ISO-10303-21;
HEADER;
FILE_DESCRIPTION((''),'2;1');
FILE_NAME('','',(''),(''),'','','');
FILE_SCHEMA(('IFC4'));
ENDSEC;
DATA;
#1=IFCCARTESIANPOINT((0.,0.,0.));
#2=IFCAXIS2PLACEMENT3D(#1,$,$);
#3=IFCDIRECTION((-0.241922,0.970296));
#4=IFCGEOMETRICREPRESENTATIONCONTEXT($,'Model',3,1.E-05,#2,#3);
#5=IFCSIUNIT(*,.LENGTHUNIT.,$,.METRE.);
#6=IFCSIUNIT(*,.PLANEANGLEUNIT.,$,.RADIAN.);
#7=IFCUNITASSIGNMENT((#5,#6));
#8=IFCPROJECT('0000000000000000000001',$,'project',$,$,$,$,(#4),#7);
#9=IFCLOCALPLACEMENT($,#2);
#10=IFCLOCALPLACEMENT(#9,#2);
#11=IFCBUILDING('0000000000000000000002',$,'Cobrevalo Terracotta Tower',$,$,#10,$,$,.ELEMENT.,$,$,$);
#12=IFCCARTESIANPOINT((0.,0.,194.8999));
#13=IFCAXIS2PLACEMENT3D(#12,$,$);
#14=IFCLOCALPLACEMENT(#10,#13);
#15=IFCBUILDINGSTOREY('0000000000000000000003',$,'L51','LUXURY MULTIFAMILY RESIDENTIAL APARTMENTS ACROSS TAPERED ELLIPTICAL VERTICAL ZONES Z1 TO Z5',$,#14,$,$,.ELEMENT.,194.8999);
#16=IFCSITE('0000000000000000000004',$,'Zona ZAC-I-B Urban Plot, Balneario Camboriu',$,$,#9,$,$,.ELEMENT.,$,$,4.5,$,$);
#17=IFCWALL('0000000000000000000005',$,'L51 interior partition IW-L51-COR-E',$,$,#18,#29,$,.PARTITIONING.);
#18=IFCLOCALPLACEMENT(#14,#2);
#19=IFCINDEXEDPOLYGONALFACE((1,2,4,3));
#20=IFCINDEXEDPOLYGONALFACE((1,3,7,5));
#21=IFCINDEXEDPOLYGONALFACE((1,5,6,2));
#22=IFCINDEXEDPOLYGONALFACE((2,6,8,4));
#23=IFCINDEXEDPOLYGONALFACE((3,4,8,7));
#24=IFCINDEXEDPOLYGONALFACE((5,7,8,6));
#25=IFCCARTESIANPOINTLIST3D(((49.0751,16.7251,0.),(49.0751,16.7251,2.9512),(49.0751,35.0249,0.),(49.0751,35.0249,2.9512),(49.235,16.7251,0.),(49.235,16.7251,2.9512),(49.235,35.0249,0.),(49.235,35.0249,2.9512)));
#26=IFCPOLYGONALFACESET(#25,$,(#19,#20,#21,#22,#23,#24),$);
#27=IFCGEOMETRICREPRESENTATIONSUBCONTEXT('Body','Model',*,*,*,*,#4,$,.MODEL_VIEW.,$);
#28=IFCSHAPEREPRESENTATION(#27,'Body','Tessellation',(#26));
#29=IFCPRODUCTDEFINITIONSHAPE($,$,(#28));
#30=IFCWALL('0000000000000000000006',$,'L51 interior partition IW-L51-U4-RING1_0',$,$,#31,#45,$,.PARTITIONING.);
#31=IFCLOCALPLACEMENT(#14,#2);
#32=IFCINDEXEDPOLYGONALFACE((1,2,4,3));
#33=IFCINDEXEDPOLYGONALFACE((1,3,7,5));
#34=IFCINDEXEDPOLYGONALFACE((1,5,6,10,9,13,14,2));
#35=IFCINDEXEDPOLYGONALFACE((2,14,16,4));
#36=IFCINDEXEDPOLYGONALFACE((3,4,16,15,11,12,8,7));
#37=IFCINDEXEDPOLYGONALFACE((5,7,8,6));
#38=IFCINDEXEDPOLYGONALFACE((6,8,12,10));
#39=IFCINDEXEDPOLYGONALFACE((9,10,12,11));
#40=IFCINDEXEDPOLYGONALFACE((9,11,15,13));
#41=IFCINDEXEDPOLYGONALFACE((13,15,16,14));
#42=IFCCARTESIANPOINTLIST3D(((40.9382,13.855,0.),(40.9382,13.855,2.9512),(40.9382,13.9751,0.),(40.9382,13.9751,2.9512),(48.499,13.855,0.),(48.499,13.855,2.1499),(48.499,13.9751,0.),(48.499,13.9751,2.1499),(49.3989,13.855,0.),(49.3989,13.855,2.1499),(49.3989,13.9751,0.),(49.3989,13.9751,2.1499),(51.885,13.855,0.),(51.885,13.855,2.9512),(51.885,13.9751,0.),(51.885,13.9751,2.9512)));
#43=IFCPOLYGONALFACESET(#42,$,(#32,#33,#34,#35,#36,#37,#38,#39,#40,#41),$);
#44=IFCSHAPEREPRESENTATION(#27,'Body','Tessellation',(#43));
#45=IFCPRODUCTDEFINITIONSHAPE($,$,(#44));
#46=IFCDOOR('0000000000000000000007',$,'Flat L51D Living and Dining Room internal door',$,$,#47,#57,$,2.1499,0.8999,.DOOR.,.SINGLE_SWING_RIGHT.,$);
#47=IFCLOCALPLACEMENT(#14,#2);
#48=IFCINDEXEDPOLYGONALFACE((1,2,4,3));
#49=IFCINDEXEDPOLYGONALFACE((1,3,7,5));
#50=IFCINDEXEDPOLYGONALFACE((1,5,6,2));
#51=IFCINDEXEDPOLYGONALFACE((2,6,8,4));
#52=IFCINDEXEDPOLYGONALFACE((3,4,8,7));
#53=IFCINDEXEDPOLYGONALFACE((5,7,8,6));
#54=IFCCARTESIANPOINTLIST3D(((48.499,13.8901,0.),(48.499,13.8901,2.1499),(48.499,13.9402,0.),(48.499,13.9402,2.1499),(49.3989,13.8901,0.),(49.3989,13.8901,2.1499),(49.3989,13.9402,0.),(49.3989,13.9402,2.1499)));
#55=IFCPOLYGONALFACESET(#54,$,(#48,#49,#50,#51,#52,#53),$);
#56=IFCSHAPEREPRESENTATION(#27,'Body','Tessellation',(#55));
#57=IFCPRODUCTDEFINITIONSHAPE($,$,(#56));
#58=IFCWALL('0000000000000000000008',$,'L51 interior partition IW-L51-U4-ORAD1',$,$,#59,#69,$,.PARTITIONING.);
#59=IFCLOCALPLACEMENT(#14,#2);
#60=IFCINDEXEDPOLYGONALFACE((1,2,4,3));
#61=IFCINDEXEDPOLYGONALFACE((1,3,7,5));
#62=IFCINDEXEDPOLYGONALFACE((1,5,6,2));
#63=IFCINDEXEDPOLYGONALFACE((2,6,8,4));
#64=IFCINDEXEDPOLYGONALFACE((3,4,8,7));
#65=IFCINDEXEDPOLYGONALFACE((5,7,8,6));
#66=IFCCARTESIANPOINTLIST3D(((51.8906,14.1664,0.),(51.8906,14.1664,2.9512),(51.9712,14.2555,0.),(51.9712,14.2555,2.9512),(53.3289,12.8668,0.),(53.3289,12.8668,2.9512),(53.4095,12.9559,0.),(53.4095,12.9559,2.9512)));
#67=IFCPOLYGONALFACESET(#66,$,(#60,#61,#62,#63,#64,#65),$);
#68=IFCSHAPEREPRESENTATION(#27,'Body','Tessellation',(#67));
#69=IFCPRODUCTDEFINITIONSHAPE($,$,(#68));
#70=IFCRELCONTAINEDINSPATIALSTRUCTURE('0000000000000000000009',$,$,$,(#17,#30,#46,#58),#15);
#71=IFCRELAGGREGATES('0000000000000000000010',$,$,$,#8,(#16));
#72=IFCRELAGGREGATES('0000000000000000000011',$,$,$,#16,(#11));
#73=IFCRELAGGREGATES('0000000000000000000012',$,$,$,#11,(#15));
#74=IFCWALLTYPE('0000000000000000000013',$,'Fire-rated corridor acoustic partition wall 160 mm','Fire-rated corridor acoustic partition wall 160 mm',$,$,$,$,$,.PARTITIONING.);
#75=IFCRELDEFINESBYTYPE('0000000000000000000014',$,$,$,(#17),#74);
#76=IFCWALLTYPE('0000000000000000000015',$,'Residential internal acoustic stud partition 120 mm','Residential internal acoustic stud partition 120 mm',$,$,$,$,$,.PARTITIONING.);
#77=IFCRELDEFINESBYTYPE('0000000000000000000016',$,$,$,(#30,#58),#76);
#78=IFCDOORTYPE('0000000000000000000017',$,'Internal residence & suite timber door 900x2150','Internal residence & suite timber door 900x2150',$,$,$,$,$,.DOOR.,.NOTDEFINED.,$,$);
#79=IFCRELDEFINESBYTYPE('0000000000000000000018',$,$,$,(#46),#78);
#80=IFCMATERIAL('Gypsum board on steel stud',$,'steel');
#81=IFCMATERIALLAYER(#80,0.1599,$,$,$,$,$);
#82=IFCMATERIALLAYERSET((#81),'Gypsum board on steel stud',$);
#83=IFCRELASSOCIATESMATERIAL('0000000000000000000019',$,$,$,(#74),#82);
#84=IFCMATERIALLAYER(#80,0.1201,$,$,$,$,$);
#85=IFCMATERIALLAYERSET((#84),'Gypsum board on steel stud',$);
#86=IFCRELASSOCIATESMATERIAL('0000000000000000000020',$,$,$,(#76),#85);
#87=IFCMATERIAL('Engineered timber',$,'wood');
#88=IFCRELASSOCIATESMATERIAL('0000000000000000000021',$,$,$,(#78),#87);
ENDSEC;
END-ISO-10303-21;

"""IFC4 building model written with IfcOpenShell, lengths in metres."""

from ifc_helpers import new_model, si_unit, direction, frame, frame_2d, origin, place, context, subcontext, project, spatial, rectangle, extrude, source, transform, mapped, material, layer, layer_set, type_object, element, fill, save


model = new_model("IFC4")

# Units and contexts
model_context = context("Model", 3, precision=1e-05, world=origin(), true_north=direction((-0.241922, 0.970296)))
body_context = subcontext(model_context, "Body", "Model", "MODEL_VIEW")
ifc_project = project(units=[si_unit("LENGTHUNIT", "METRE"), si_unit("PLANEANGLEUNIT", "RADIAN")], contexts=[model_context])

# Site, building, storey
site_placement = place(None, origin())
site = spatial("IfcSite", under=ifc_project, at=site_placement, Name="Zona ZAC-I-B Urban Plot, Balneario Camboriu", CompositionType="ELEMENT", RefElevation=4.5)
building_placement = place(site_placement, origin())
building = spatial("IfcBuilding", under=site, at=building_placement, Name="Cobrevalo Terracotta Tower", CompositionType="ELEMENT")
storey_placement = place(building_placement, frame((0.0, 0.0, 194.8999)))
storey = spatial("IfcBuildingStorey", under=building, at=storey_placement, Name="L51", Description="LUXURY MULTIFAMILY RESIDENTIAL APARTMENTS ACROSS TAPERED ELLIPTICAL VERTICAL ZONES Z1 TO Z5", CompositionType="ELEMENT", Elevation=194.8999)

# Wall
ifc_material_1 = material(Name="Gypsum board on steel stud", Category="steel")
ifc_layer_1 = layer(ifc_material_1, 0.1599)
ifc_layer_set_1 = layer_set([ifc_layer_1], Name="Gypsum board on steel stud")
wall_type_1 = type_object("IfcWallType", Name="Fire-rated corridor acoustic partition wall 160 mm", Description="Fire-rated corridor acoustic partition wall 160 mm", PredefinedType="PARTITIONING", material=ifc_layer_set_1)
wall_1_placement = place(storey_placement, frame((49.155, 16.7251, 0.0), z_axis=(0.0, 0.0, 1.0), x_axis=(0.0, 1.0, 0.0)))
element("IfcWall", 1, at=wall_1_placement, inside=storey, type_object=wall_type_1, Name="L51 interior partition IW-L51-COR-E", PredefinedType="PARTITIONING", context=body_context, shape_type="SweptSolid", body=[
    extrude(rectangle(XDim=18.2998, YDim=0.1599, at=frame_2d((9.1499, 0.0))), origin(), (0.0, 0.0, 1.0), 2.9512),
])

# Wall, opening, door
ifc_layer_2 = layer(ifc_material_1, 0.1201)
ifc_layer_set_2 = layer_set([ifc_layer_2], Name="Gypsum board on steel stud")
wall_type_2 = type_object("IfcWallType", Name="Residential internal acoustic stud partition 120 mm", Description="Residential internal acoustic stud partition 120 mm", PredefinedType="PARTITIONING", material=ifc_layer_set_2)
wall_2_placement = place(storey_placement, frame((51.885, 13.915, 0.0), z_axis=(0.0, 0.0, 1.0), x_axis=(-1.0, 0.0, 0.0)))
wall_2 = element("IfcWall", 2, at=wall_2_placement, inside=storey, type_object=wall_type_2, Name="L51 interior partition IW-L51-U4-RING1_0", PredefinedType="PARTITIONING", context=body_context, shape_type="SweptSolid", body=[
    extrude(rectangle(XDim=10.9468, YDim=0.1201, at=frame_2d((5.4734, 0.0))), origin(), (0.0, 0.0, 1.0), 2.9512),
])
opening_placement = place(wall_2_placement, frame((2.4861, 0.0, 0.0)))
opening = element("IfcOpeningElement", 3, at=opening_placement, cuts=wall_2, PredefinedType="OPENING", context=body_context, shape_type="SweptSolid", body=[
    extrude(rectangle(XDim=0.8999, YDim=2.1499, at=frame_2d((0.45, 1.075))), frame((0.0, 0.0701, 0.0), z_axis=(0.0, -1.0, 0.0), x_axis=(1.0, 0.0, 0.0)), (0.0, 0.0, 1.0), 0.1401),
])
ifc_material_2 = material(Name="Engineered timber", Category="wood")
door_type = type_object("IfcDoorType", Name="Internal residence & suite timber door 900x2150", Description="Internal residence & suite timber door 900x2150", OperationType="NOTDEFINED", PredefinedType="DOOR", material=ifc_material_2)
shared_shape_1 = source(origin(), body_context, "Body", "SweptSolid", [
    extrude(rectangle(XDim=0.8999, YDim=2.1499, at=frame_2d((0.45, 1.075))), frame((0.0, 0.0249, 0.0), z_axis=(0.0, -1.0, 0.0), x_axis=(1.0, 0.0, 0.0)), (0.0, 0.0, 1.0), 0.05),
])
door_placement = place(opening_placement, origin())
door = element("IfcDoor", 4, at=door_placement, inside=storey, type_object=door_type, Name="Flat L51D Living and Dining Room internal door", OperationType="SINGLE_SWING_RIGHT", OverallHeight=2.1499, OverallWidth=0.8999, PredefinedType="DOOR", context=body_context, shape_type="MappedRepresentation", body=[
    mapped(shared_shape_1, transform((0.0, 0.0, 0.0), scale=1.0)),
])
fill(opening, door)

# Wall
wall_3_placement = place(storey_placement, frame((51.9309, 14.2109, 0.0), z_axis=(0.0, 0.0, 1.0), x_axis=(0.741971, -0.670432, 0.0)))
element("IfcWall", 5, at=wall_3_placement, inside=storey, type_object=wall_type_2, Name="L51 interior partition IW-L51-U4-ORAD1", PredefinedType="PARTITIONING", context=body_context, shape_type="SweptSolid", body=[
    extrude(rectangle(XDim=1.9385, YDim=0.1201, at=frame_2d((0.9692, 0.0))), origin(), (0.0, 0.0, 1.0), 2.9512),
])

save(model, "model.ifc")
